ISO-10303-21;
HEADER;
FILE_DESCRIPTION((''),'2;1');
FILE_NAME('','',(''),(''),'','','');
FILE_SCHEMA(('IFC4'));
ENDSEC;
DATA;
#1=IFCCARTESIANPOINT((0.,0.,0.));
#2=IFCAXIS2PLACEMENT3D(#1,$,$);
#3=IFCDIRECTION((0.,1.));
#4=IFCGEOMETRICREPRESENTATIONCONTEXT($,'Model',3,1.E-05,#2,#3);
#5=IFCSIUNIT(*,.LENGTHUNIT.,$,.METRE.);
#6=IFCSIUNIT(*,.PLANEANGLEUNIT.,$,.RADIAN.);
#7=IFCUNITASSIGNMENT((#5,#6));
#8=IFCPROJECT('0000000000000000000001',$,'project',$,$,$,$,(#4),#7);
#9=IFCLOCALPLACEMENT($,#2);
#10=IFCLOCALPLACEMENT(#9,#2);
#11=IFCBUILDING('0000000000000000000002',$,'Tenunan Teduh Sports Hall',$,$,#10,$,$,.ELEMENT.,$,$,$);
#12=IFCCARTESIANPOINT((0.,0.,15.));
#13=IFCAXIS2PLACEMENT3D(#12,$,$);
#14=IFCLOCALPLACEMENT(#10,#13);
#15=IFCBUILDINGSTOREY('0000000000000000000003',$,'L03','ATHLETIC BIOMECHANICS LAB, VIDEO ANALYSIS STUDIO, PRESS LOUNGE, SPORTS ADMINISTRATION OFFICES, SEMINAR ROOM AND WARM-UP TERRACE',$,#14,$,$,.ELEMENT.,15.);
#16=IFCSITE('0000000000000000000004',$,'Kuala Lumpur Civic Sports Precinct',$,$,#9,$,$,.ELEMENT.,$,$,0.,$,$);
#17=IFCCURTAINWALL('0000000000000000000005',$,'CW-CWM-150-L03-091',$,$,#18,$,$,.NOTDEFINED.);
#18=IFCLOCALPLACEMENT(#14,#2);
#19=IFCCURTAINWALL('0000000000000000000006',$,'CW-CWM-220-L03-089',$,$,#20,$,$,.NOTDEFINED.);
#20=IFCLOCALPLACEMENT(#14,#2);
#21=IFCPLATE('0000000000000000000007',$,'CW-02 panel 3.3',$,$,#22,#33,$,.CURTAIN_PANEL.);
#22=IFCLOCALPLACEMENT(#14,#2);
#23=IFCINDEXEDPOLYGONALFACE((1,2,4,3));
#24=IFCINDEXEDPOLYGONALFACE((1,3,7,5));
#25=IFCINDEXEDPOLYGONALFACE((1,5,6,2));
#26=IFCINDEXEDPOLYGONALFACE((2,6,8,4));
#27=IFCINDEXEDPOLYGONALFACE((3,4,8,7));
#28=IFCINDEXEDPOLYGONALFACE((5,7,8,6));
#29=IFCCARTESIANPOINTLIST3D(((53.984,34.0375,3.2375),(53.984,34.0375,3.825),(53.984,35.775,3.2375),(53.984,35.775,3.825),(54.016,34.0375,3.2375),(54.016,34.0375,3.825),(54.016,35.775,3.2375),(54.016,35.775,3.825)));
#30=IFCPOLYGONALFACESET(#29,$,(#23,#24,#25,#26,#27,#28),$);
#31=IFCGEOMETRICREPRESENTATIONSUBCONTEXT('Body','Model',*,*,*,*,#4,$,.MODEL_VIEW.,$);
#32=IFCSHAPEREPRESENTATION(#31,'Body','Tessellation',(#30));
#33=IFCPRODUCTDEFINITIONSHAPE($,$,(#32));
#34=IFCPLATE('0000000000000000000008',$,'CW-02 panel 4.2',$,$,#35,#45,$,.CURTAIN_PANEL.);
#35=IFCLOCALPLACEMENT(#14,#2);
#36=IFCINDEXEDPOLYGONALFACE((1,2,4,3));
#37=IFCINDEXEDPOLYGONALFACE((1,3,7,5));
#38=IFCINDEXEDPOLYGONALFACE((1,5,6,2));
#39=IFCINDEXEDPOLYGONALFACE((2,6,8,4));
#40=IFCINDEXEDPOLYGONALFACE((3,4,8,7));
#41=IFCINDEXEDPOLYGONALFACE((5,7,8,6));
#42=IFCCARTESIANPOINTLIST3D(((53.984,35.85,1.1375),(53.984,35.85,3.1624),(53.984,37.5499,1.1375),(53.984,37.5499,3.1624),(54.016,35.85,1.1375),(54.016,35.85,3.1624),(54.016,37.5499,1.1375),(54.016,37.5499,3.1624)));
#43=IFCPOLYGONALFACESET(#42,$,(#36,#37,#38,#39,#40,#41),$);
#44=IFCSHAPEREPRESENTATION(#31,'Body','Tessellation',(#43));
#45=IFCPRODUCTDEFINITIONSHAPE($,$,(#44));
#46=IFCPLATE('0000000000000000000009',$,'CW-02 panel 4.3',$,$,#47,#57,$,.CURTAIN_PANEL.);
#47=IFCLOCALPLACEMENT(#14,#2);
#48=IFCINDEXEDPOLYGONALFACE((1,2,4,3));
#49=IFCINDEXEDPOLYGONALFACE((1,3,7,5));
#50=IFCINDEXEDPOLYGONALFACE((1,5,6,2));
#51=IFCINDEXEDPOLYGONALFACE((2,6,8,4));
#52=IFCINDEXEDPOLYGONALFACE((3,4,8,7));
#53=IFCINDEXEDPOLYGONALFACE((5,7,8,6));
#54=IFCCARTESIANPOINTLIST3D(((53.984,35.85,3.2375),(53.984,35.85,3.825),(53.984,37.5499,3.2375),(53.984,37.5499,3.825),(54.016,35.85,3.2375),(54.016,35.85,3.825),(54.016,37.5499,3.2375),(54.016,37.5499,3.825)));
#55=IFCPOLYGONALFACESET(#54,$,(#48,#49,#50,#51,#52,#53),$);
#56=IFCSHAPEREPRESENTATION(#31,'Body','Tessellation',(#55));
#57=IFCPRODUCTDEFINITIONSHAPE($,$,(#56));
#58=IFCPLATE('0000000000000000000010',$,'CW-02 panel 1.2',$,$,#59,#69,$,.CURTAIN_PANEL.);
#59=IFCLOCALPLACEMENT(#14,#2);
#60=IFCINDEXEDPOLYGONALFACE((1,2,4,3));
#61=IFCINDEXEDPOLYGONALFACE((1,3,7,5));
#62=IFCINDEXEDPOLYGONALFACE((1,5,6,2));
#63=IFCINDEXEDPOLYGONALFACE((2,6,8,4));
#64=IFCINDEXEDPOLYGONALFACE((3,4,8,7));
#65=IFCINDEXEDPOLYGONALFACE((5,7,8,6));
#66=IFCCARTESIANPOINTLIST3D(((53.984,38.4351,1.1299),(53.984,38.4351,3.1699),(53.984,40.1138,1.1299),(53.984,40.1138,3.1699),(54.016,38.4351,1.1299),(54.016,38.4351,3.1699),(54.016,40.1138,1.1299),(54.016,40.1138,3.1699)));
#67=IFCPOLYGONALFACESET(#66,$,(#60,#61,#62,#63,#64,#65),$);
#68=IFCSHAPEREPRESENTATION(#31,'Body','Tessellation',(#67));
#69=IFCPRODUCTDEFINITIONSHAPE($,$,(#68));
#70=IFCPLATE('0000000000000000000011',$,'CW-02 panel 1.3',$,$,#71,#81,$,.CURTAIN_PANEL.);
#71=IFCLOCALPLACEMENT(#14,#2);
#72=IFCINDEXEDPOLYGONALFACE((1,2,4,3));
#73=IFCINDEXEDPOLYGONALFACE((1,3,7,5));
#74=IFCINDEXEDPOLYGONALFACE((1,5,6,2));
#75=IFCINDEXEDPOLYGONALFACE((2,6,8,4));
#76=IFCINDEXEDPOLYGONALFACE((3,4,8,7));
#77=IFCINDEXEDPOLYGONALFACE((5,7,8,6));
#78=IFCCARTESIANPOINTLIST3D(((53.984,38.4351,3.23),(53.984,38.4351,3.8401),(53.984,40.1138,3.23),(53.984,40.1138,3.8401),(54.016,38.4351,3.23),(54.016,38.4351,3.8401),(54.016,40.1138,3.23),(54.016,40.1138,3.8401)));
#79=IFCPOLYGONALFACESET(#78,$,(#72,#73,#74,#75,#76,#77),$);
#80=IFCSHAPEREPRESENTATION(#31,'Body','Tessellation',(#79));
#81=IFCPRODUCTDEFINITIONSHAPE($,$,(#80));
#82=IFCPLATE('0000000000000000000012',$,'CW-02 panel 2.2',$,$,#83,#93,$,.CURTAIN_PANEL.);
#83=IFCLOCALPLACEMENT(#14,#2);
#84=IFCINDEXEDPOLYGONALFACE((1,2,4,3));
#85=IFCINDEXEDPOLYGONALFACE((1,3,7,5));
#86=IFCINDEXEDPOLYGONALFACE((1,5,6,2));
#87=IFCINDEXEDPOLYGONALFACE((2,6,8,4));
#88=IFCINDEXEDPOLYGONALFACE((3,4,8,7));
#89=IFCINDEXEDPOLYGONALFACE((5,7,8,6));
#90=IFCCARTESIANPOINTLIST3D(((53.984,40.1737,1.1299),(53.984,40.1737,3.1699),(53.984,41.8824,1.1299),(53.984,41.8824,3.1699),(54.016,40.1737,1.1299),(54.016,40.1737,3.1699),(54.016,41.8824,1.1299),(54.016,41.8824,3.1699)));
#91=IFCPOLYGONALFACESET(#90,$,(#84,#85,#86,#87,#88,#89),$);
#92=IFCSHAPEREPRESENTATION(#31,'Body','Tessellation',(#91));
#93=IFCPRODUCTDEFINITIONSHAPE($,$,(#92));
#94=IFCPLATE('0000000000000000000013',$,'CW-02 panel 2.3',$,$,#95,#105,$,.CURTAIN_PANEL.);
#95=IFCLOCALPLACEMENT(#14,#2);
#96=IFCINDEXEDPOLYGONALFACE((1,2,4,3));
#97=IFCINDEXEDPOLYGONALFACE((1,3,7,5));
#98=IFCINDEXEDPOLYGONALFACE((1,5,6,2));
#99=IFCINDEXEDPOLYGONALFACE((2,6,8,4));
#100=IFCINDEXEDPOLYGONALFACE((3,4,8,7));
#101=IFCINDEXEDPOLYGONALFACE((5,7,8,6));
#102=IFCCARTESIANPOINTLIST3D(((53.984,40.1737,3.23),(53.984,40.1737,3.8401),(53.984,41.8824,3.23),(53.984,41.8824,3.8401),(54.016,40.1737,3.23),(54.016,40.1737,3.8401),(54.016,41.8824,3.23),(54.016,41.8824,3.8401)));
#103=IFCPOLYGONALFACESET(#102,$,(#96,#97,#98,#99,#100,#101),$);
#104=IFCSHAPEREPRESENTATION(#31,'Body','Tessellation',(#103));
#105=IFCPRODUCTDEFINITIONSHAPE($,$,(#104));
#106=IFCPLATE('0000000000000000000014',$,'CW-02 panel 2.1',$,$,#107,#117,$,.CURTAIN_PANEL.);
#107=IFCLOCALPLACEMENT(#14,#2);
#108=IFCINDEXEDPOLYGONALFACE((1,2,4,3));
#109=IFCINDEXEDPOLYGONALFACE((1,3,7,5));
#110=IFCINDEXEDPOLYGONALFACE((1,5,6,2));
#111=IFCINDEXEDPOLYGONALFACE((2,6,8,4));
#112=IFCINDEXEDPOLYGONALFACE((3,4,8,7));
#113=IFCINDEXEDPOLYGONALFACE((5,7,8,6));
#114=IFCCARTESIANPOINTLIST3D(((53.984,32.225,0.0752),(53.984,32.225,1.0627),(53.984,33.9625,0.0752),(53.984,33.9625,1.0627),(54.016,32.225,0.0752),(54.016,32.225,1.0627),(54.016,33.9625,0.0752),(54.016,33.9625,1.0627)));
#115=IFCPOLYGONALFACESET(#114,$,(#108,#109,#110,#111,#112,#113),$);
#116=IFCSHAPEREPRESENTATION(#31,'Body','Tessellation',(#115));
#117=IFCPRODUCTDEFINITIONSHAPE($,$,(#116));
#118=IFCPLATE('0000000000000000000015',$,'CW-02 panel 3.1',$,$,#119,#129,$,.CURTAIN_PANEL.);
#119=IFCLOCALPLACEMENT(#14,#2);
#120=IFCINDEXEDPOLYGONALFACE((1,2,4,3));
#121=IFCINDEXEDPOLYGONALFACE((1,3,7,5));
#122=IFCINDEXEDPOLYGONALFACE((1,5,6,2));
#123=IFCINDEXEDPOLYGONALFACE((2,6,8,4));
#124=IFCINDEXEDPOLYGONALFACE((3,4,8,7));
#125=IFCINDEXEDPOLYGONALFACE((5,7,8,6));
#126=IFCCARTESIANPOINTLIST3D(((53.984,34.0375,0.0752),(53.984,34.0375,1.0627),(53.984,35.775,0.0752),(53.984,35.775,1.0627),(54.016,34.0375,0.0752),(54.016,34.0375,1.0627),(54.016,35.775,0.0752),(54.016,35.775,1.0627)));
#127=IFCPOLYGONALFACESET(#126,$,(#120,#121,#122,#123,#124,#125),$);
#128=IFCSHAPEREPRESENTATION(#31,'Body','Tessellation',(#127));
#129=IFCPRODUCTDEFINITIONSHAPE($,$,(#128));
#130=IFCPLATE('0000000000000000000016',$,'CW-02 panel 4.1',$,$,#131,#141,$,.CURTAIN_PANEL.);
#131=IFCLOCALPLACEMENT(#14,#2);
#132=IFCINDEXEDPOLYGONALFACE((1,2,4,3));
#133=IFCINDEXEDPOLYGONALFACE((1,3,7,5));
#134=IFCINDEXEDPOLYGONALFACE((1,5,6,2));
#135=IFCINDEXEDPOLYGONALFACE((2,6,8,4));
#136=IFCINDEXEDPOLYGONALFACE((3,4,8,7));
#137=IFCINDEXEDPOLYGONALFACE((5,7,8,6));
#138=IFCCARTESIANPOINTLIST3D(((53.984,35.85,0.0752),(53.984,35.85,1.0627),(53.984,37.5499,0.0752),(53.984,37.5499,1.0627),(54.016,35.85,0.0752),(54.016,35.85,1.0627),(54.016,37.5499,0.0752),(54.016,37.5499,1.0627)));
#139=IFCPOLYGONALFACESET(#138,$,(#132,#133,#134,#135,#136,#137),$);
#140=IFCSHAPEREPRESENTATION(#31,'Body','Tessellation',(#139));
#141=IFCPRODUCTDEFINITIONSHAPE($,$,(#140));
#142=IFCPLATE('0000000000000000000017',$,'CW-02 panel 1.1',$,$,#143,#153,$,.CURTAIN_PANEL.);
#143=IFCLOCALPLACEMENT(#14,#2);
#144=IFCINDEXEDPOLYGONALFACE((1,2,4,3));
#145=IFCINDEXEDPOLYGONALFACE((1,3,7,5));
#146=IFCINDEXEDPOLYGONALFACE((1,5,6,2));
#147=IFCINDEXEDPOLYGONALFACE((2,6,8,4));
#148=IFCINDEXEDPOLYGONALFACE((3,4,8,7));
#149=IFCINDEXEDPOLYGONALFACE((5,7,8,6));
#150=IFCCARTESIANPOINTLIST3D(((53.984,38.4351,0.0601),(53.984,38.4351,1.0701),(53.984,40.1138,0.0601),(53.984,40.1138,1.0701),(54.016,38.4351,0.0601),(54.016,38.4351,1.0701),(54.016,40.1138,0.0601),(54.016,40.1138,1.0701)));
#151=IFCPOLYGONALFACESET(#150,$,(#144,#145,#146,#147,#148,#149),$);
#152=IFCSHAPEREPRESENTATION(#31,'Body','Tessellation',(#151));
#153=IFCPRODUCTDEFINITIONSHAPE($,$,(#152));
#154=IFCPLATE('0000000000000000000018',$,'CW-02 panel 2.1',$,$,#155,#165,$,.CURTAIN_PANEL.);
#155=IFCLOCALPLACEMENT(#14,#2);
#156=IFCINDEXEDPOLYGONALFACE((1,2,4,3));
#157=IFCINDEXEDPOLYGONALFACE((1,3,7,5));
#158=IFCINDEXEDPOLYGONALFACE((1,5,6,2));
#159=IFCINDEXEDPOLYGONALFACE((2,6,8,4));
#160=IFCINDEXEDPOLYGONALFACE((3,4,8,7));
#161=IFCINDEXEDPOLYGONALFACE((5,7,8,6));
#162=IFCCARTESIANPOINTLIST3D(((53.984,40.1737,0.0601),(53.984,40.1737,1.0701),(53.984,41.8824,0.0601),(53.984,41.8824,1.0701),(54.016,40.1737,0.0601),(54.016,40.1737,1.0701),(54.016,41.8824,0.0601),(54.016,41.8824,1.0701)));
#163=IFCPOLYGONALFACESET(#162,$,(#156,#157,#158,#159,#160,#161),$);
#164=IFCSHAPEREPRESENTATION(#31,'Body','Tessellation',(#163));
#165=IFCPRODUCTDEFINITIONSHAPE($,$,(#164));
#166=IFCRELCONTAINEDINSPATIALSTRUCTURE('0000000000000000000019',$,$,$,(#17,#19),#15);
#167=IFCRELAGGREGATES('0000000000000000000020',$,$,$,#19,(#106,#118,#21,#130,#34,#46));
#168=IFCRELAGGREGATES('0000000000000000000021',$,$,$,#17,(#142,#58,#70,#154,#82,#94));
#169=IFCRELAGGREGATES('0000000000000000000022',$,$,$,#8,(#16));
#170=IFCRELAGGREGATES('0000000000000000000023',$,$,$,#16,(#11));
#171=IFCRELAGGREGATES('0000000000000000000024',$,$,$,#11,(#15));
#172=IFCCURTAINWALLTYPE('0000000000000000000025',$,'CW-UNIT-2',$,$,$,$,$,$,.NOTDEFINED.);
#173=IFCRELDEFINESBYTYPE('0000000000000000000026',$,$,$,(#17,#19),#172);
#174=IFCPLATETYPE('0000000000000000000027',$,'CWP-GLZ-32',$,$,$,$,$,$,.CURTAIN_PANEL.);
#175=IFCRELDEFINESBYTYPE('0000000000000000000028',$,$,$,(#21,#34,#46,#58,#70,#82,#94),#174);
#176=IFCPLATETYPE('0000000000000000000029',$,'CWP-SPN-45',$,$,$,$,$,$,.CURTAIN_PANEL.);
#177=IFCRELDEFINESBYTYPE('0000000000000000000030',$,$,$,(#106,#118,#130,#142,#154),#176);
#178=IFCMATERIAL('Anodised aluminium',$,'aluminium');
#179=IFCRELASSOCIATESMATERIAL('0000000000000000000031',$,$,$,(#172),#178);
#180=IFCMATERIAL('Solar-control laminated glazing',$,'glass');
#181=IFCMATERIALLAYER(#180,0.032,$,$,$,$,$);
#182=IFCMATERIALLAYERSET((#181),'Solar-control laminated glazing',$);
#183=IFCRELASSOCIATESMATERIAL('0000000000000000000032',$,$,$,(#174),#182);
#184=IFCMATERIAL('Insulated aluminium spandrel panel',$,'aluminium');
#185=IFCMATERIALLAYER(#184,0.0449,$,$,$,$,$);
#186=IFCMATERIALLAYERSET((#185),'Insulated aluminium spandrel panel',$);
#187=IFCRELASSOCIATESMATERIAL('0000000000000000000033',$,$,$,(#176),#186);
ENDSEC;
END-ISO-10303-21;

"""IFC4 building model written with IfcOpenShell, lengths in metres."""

from ifc_helpers import new_model, si_unit, direction, frame, origin, origin_2d, place, context, subcontext, project, spatial, rectangle, extrude, material, layer, layer_set, type_object, element, aggregate, save


model = new_model("IFC4")

# Units and contexts
model_context = context("Model", 3, precision=1e-05, world=origin(), true_north=direction((0.0, 1.0)))
body_context = subcontext(model_context, "Body", "Model", "MODEL_VIEW")
ifc_project = project(units=[si_unit("LENGTHUNIT", "METRE"), si_unit("PLANEANGLEUNIT", "RADIAN")], contexts=[model_context])

# Site, building, storey
site_placement = place(None, origin())
site = spatial("IfcSite", under=ifc_project, at=site_placement, Name="Kuala Lumpur Civic Sports Precinct", CompositionType="ELEMENT", RefElevation=0.0)
building_placement = place(site_placement, origin())
building = spatial("IfcBuilding", under=site, at=building_placement, Name="Tenunan Teduh Sports Hall", CompositionType="ELEMENT")
storey_placement = place(building_placement, frame((0.0, 0.0, 15.0)))
storey = spatial("IfcBuildingStorey", under=building, at=storey_placement, Name="L03", Description="ATHLETIC BIOMECHANICS LAB, VIDEO ANALYSIS STUDIO, PRESS LOUNGE, SPORTS ADMINISTRATION OFFICES, SEMINAR ROOM AND WARM-UP TERRACE", CompositionType="ELEMENT", Elevation=15.0)

# Curtain walls
ifc_material_1 = material(Name="Anodised aluminium", Category="aluminium")
curtain_wall_type = type_object("IfcCurtainWallType", Name="CW-UNIT-2", PredefinedType="NOTDEFINED", material=ifc_material_1)
curtain_wall_1_placement = place(storey_placement, origin())
curtain_wall_1 = element("IfcCurtainWall", 1, at=curtain_wall_1_placement, inside=storey, type_object=curtain_wall_type, Name="CW-CWM-150-L03-091", PredefinedType="NOTDEFINED")
curtain_wall_2_placement = place(storey_placement, origin())
curtain_wall_2 = element("IfcCurtainWall", 2, at=curtain_wall_2_placement, inside=storey, type_object=curtain_wall_type, Name="CW-CWM-220-L03-089", PredefinedType="NOTDEFINED")

# Plates
ifc_material_2 = material(Name="Solar-control laminated glazing", Category="glass")
ifc_layer_1 = layer(ifc_material_2, 0.032)
ifc_layer_set_1 = layer_set([ifc_layer_1], Name="Solar-control laminated glazing")
plate_type_1 = type_object("IfcPlateType", Name="CWP-GLZ-32", PredefinedType="CURTAIN_PANEL", material=ifc_layer_set_1)
plate_1_placement = place(storey_placement, frame((54.0, 34.9062, 3.2375), z_axis=(0.0, 0.0, 1.0), x_axis=(0.0, 1.0, 0.0)))
plate_1 = element("IfcPlate", 3, at=plate_1_placement, type_object=plate_type_1, Name="CW-02 panel 3.3", PredefinedType="CURTAIN_PANEL", context=body_context, shape_type="SweptSolid", body=[
    extrude(rectangle(XDim=1.7375, YDim=0.032, at=origin_2d()), origin(), (0.0, 0.0, 1.0), 0.5874),
])
plate_2_placement = place(storey_placement, frame((54.0, 36.7, 1.1375), z_axis=(0.0, 0.0, 1.0), x_axis=(0.0, 1.0, 0.0)))
plate_2 = element("IfcPlate", 4, at=plate_2_placement, type_object=plate_type_1, Name="CW-02 panel 4.2", PredefinedType="CURTAIN_PANEL", context=body_context, shape_type="SweptSolid", body=[
    extrude(rectangle(XDim=1.7, YDim=0.032, at=origin_2d()), origin(), (0.0, 0.0, 1.0), 2.0249),
])
plate_3_placement = place(storey_placement, frame((54.0, 36.7, 3.2375), z_axis=(0.0, 0.0, 1.0), x_axis=(0.0, 1.0, 0.0)))
plate_3 = element("IfcPlate", 5, at=plate_3_placement, type_object=plate_type_1, Name="CW-02 panel 4.3", PredefinedType="CURTAIN_PANEL", context=body_context, shape_type="SweptSolid", body=[
    extrude(rectangle(XDim=1.7, YDim=0.032, at=origin_2d()), origin(), (0.0, 0.0, 1.0), 0.5874),
])
plate_4_placement = place(storey_placement, frame((54.0, 39.2744, 1.1299), z_axis=(0.0, 0.0, 1.0), x_axis=(0.0, 1.0, 0.0)))
plate_4 = element("IfcPlate", 6, at=plate_4_placement, type_object=plate_type_1, Name="CW-02 panel 1.2", PredefinedType="CURTAIN_PANEL", context=body_context, shape_type="SweptSolid", body=[
    extrude(rectangle(XDim=1.6787, YDim=0.032, at=origin_2d()), origin(), (0.0, 0.0, 1.0), 2.04),
])
plate_5_placement = place(storey_placement, frame((54.0, 39.2744, 3.23), z_axis=(0.0, 0.0, 1.0), x_axis=(0.0, 1.0, 0.0)))
plate_5 = element("IfcPlate", 7, at=plate_5_placement, type_object=plate_type_1, Name="CW-02 panel 1.3", PredefinedType="CURTAIN_PANEL", context=body_context, shape_type="SweptSolid", body=[
    extrude(rectangle(XDim=1.6787, YDim=0.032, at=origin_2d()), origin(), (0.0, 0.0, 1.0), 0.6101),
])
plate_6_placement = place(storey_placement, frame((54.0, 41.0281, 1.1299), z_axis=(0.0, 0.0, 1.0), x_axis=(0.0, 1.0, 0.0)))
plate_6 = element("IfcPlate", 8, at=plate_6_placement, type_object=plate_type_1, Name="CW-02 panel 2.2", PredefinedType="CURTAIN_PANEL", context=body_context, shape_type="SweptSolid", body=[
    extrude(rectangle(XDim=1.7087, YDim=0.032, at=origin_2d()), origin(), (0.0, 0.0, 1.0), 2.04),
])
plate_7_placement = place(storey_placement, frame((54.0, 41.0281, 3.23), z_axis=(0.0, 0.0, 1.0), x_axis=(0.0, 1.0, 0.0)))
plate_7 = element("IfcPlate", 9, at=plate_7_placement, type_object=plate_type_1, Name="CW-02 panel 2.3", PredefinedType="CURTAIN_PANEL", context=body_context, shape_type="SweptSolid", body=[
    extrude(rectangle(XDim=1.7087, YDim=0.032, at=origin_2d()), origin(), (0.0, 0.0, 1.0), 0.6101),
])
ifc_material_3 = material(Name="Insulated aluminium spandrel panel", Category="aluminium")
ifc_layer_2 = layer(ifc_material_3, 0.0449)
ifc_layer_set_2 = layer_set([ifc_layer_2], Name="Insulated aluminium spandrel panel")
plate_type_2 = type_object("IfcPlateType", Name="CWP-SPN-45", PredefinedType="CURTAIN_PANEL", material=ifc_layer_set_2)
plate_8_placement = place(storey_placement, frame((54.0, 33.0938, 0.0752), z_axis=(0.0, 0.0, 1.0), x_axis=(0.0, 1.0, 0.0)))
plate_8 = element("IfcPlate", 10, at=plate_8_placement, type_object=plate_type_2, Name="CW-02 panel 2.1", PredefinedType="CURTAIN_PANEL", context=body_context, shape_type="SweptSolid", body=[
    extrude(rectangle(XDim=1.7375, YDim=0.032, at=origin_2d()), origin(), (0.0, 0.0, 1.0), 0.9875),
])
plate_9_placement = place(storey_placement, frame((54.0, 34.9062, 0.0752), z_axis=(0.0, 0.0, 1.0), x_axis=(0.0, 1.0, 0.0)))
plate_9 = element("IfcPlate", 11, at=plate_9_placement, type_object=plate_type_2, Name="CW-02 panel 3.1", PredefinedType="CURTAIN_PANEL", context=body_context, shape_type="SweptSolid", body=[
    extrude(rectangle(XDim=1.7375, YDim=0.032, at=origin_2d()), origin(), (0.0, 0.0, 1.0), 0.9875),
])
plate_10_placement = place(storey_placement, frame((54.0, 36.7, 0.0752), z_axis=(0.0, 0.0, 1.0), x_axis=(0.0, 1.0, 0.0)))
plate_10 = element("IfcPlate", 12, at=plate_10_placement, type_object=plate_type_2, Name="CW-02 panel 4.1", PredefinedType="CURTAIN_PANEL", context=body_context, shape_type="SweptSolid", body=[
    extrude(rectangle(XDim=1.7, YDim=0.032, at=origin_2d()), origin(), (0.0, 0.0, 1.0), 0.9875),
])
aggregate(curtain_wall_2, [plate_8, plate_9, plate_1, plate_10, plate_2, plate_3])
plate_11_placement = place(storey_placement, frame((54.0, 39.2744, 0.0601), z_axis=(0.0, 0.0, 1.0), x_axis=(0.0, 1.0, 0.0)))
plate_11 = element("IfcPlate", 13, at=plate_11_placement, type_object=plate_type_2, Name="CW-02 panel 1.1", PredefinedType="CURTAIN_PANEL", context=body_context, shape_type="SweptSolid", body=[
    extrude(rectangle(XDim=1.6787, YDim=0.032, at=origin_2d()), origin(), (0.0, 0.0, 1.0), 1.01),
])
plate_12_placement = place(storey_placement, frame((54.0, 41.0281, 0.0601), z_axis=(0.0, 0.0, 1.0), x_axis=(0.0, 1.0, 0.0)))
plate_12 = element("IfcPlate", 14, at=plate_12_placement, type_object=plate_type_2, Name="CW-02 panel 2.1", PredefinedType="CURTAIN_PANEL", context=body_context, shape_type="SweptSolid", body=[
    extrude(rectangle(XDim=1.7087, YDim=0.032, at=origin_2d()), origin(), (0.0, 0.0, 1.0), 1.01),
])
aggregate(curtain_wall_1, [plate_11, plate_4, plate_5, plate_12, plate_6, plate_7])

save(model, "model.ifc")
